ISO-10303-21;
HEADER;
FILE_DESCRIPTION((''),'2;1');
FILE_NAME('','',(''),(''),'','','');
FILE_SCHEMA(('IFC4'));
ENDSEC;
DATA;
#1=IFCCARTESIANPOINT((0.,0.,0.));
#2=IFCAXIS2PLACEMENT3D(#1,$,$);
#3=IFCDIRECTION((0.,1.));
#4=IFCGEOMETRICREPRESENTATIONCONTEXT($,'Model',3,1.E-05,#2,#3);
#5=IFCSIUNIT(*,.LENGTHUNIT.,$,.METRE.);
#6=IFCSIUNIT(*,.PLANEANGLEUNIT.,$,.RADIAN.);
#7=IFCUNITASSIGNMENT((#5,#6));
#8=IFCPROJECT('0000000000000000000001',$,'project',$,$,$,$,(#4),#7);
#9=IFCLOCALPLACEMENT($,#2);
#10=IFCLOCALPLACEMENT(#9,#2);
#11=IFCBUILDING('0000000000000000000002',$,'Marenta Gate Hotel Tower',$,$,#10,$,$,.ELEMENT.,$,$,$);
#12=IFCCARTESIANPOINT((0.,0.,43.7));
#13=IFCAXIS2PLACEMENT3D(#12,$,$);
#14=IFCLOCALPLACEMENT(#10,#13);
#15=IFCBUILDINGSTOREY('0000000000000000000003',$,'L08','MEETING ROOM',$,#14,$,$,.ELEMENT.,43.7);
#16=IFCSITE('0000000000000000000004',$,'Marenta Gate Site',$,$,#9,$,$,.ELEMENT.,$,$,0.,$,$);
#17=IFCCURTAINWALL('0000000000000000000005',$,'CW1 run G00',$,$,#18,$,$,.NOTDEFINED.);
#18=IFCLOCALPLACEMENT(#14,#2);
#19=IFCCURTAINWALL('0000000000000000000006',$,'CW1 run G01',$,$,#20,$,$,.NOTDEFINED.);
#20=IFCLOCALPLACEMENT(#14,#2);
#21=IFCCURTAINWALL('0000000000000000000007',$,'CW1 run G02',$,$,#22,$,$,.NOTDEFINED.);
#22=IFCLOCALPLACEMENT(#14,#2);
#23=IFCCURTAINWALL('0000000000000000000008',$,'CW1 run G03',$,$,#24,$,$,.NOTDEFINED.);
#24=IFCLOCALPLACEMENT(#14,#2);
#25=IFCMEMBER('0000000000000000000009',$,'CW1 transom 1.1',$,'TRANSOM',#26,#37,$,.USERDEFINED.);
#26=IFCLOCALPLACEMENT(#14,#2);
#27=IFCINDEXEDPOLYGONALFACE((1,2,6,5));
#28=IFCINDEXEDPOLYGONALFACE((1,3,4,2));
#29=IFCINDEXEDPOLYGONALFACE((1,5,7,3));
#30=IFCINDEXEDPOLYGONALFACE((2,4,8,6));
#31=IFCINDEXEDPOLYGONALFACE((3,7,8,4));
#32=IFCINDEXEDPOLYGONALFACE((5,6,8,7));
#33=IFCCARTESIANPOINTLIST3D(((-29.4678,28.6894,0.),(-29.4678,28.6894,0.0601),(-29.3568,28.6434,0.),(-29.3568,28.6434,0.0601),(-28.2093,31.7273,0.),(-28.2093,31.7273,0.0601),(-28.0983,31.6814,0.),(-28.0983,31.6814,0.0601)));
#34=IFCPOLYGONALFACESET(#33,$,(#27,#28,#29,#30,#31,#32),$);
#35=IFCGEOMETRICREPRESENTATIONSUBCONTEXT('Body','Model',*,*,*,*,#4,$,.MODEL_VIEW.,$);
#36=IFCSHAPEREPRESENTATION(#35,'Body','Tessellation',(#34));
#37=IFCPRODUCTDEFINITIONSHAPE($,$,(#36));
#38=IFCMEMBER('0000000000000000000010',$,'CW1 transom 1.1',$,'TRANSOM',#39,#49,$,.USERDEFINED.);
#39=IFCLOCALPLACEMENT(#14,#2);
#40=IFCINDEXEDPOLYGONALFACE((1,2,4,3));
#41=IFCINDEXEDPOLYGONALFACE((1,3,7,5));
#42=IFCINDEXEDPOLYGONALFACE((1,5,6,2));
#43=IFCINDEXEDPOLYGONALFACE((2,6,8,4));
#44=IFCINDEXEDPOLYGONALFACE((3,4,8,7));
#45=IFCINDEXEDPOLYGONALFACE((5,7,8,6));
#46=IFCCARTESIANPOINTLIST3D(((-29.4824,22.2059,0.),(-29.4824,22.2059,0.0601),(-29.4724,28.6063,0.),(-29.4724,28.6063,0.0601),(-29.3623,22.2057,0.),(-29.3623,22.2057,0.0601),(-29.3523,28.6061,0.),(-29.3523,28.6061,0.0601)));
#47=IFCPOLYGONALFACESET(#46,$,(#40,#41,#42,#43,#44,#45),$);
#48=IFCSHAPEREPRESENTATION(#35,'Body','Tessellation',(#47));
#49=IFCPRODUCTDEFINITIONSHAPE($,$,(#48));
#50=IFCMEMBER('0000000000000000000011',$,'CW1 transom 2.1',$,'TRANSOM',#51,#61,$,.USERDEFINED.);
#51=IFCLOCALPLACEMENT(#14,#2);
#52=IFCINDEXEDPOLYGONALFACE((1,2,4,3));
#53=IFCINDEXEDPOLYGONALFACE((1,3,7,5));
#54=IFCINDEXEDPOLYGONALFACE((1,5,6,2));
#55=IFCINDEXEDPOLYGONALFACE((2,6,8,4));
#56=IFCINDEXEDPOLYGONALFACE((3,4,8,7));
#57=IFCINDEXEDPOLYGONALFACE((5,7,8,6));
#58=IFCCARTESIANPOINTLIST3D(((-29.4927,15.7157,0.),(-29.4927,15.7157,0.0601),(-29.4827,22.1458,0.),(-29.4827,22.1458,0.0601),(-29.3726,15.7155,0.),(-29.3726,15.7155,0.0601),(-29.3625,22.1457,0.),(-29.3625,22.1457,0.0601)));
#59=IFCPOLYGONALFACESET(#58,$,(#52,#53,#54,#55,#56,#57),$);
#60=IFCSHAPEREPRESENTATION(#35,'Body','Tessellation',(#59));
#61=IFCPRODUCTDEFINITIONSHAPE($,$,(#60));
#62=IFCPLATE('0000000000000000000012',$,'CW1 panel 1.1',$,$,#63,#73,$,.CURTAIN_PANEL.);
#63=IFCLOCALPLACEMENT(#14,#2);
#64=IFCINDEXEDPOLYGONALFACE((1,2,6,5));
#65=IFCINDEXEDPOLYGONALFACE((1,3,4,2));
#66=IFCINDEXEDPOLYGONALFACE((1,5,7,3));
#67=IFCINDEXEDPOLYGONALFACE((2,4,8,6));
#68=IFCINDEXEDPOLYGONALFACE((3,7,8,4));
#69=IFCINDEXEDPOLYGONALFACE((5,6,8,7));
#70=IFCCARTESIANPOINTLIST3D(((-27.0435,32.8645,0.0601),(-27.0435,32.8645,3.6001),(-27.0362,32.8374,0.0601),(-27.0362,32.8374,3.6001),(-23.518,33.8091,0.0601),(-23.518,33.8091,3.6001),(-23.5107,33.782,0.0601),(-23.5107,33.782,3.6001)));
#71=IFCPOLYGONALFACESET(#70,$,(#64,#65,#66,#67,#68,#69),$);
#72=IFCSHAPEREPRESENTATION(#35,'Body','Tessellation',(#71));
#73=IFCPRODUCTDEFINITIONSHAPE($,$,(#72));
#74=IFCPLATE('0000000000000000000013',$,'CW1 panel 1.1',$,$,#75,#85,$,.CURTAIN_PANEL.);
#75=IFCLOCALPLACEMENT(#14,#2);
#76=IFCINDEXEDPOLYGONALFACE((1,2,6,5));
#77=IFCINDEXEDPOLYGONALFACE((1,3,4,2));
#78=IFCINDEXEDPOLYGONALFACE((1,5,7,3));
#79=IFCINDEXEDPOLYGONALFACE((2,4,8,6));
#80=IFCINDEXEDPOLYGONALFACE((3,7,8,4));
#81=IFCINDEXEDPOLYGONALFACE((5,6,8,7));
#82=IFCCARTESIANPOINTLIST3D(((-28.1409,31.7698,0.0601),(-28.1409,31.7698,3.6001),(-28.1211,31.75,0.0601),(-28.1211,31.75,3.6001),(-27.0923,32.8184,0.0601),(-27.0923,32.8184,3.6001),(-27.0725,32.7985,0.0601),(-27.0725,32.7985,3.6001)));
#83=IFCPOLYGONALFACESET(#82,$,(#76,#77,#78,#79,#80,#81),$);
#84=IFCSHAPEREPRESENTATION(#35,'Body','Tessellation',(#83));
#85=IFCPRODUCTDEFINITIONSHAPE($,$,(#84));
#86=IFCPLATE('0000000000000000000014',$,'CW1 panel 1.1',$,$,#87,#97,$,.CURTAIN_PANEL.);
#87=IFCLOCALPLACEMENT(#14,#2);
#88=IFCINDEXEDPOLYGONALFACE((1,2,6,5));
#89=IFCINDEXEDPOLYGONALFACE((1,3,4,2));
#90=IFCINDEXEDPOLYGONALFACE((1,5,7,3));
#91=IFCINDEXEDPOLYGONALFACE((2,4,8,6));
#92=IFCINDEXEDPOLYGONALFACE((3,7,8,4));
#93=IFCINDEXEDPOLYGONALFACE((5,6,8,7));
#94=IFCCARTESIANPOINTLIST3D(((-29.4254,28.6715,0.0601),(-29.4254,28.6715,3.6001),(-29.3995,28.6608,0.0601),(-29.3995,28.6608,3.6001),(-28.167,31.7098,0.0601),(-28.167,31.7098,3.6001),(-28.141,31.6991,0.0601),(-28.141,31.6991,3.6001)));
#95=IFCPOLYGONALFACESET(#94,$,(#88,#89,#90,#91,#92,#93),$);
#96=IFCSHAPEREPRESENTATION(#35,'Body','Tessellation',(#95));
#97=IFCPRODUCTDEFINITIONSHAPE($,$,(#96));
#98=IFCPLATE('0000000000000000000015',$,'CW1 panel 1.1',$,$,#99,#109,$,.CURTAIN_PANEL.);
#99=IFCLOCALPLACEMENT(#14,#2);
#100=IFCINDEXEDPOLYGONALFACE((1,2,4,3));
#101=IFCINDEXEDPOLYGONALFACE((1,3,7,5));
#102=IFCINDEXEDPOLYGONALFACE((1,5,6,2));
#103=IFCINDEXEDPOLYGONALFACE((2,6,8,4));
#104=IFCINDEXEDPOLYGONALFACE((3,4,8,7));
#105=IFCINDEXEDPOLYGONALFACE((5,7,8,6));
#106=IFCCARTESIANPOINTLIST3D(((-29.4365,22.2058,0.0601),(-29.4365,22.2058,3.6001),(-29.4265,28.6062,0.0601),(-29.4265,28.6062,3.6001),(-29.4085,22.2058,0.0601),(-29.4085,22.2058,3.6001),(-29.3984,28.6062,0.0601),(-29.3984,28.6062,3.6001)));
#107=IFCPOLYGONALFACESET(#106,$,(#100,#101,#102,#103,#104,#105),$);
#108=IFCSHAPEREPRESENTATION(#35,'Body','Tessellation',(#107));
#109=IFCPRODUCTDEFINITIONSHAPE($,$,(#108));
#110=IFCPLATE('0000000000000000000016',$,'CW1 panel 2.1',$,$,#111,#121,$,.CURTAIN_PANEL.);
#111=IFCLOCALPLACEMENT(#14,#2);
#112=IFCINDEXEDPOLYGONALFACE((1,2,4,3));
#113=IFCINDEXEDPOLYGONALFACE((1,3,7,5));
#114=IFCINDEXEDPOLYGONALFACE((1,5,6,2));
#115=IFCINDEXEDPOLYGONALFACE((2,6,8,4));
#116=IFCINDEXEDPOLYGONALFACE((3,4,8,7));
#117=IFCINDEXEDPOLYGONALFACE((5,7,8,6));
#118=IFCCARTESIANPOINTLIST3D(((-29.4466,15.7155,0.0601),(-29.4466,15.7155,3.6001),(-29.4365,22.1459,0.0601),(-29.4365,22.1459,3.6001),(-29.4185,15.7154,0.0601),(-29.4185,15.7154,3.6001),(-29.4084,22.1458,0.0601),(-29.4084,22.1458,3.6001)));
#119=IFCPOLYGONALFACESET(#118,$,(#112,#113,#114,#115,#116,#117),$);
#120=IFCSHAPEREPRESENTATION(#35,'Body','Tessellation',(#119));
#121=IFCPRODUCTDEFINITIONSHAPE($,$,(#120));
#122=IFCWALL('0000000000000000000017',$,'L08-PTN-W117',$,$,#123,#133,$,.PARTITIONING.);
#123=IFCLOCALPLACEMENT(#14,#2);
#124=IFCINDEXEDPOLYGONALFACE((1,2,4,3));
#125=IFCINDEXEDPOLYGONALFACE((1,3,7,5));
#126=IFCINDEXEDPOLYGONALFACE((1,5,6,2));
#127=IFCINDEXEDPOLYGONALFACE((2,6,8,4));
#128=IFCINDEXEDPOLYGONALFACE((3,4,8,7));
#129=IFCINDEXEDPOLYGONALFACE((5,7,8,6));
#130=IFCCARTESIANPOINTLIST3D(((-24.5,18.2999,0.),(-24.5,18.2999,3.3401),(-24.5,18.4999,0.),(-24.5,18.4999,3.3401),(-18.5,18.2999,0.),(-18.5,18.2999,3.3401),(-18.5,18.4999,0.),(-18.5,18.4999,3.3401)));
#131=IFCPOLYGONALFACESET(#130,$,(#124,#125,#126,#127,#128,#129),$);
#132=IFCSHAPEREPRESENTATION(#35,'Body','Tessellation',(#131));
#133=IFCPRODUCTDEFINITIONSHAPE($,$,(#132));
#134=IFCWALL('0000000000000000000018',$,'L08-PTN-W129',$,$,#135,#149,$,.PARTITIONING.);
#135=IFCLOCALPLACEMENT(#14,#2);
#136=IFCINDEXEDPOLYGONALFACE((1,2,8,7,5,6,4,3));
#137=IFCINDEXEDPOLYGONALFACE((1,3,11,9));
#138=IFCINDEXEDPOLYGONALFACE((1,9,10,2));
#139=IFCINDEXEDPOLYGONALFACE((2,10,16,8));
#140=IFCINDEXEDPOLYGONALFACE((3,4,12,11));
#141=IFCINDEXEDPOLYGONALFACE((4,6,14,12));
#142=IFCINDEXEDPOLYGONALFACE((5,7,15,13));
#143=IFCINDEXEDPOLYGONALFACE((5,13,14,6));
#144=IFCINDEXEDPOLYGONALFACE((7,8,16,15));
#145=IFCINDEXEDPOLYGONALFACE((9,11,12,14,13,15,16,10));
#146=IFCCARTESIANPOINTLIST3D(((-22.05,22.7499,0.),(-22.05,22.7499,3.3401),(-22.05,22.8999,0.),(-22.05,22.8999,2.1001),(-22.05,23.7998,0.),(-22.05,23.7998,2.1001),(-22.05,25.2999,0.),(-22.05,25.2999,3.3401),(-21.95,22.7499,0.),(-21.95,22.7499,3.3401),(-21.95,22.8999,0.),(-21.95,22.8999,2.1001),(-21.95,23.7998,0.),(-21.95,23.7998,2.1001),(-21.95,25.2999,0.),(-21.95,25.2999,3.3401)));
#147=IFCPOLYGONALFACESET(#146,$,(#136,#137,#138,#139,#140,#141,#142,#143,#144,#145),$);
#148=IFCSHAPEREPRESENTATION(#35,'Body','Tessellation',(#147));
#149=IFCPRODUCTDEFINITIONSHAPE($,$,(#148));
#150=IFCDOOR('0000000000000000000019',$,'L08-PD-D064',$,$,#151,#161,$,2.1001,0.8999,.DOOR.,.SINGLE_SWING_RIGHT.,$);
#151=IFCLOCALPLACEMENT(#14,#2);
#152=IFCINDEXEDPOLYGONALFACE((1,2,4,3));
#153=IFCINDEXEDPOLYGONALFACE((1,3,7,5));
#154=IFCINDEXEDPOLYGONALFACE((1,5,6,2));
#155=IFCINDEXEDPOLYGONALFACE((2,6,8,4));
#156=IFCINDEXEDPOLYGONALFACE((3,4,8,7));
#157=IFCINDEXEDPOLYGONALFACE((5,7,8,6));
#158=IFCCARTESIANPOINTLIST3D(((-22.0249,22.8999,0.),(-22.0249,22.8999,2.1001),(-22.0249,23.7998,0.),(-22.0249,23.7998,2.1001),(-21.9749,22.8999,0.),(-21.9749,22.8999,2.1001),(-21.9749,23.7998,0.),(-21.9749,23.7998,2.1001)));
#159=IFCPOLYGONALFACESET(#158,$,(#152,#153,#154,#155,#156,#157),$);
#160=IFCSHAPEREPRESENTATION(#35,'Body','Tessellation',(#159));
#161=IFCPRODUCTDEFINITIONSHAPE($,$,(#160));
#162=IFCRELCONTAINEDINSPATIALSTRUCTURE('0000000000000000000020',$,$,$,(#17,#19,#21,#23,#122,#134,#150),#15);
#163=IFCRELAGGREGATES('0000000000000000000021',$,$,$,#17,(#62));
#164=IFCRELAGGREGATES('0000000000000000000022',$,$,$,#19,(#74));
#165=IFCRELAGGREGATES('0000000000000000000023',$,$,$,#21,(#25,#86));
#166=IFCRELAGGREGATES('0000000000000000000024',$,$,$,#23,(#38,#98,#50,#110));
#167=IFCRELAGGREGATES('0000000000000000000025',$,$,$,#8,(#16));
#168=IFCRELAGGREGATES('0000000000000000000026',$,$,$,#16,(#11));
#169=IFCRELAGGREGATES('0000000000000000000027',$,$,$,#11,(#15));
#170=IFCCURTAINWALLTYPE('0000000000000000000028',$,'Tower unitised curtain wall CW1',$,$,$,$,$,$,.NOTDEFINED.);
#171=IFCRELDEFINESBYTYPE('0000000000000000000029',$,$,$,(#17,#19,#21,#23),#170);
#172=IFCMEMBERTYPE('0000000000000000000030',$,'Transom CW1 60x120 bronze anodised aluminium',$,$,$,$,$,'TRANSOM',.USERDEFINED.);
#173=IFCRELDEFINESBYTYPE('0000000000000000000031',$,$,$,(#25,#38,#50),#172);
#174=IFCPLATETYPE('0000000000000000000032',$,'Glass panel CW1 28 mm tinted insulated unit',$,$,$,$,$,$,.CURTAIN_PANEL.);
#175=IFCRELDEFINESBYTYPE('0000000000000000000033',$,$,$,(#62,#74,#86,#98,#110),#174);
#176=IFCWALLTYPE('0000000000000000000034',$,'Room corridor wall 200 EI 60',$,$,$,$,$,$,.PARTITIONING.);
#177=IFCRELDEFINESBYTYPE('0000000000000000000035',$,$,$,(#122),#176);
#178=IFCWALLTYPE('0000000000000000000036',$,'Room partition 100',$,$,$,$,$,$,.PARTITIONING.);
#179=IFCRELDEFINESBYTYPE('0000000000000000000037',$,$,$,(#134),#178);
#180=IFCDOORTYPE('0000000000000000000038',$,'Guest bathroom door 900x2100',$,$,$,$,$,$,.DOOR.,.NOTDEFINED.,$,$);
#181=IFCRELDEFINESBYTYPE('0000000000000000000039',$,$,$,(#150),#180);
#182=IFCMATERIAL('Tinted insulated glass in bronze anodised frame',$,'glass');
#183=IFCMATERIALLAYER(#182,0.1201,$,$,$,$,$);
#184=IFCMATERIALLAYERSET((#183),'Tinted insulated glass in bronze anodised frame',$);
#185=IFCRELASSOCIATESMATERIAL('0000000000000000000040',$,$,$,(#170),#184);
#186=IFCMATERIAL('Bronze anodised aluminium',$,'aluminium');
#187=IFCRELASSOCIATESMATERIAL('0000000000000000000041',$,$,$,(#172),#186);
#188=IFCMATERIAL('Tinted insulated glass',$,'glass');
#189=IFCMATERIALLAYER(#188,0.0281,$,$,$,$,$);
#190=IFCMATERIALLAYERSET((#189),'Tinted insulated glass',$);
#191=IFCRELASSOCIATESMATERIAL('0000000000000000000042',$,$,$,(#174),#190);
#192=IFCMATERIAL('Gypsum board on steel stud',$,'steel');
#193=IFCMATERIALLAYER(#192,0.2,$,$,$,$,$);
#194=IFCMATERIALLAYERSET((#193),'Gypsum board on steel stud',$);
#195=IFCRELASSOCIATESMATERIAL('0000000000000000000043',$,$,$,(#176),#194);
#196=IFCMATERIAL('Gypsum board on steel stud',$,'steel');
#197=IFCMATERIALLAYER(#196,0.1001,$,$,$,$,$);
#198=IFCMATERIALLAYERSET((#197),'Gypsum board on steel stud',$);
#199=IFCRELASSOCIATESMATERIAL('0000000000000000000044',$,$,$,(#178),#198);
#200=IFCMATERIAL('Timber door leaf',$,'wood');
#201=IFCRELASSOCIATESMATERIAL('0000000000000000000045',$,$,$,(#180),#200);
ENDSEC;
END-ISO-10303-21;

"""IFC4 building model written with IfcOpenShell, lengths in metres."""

from ifc_helpers import new_model, si_unit, direction, frame, frame_2d, origin, origin_2d, place, context, subcontext, project, spatial, rectangle, extrude, material, layer, layer_set, material_profile, profile_set, type_object, element, fill, aggregate, save


model = new_model("IFC4")

# Units and contexts
model_context = context("Model", 3, precision=1e-05, world=origin(), true_north=direction((0.0, 1.0)))
body_context = subcontext(model_context, "Body", "Model", "MODEL_VIEW")
ifc_project = project(units=[si_unit("LENGTHUNIT", "METRE"), si_unit("PLANEANGLEUNIT", "RADIAN")], contexts=[model_context])

# Site, building, storey
site_placement = place(None, origin())
site = spatial("IfcSite", under=ifc_project, at=site_placement, Name="Marenta Gate Site", CompositionType="ELEMENT", RefElevation=0.0)
building_placement = place(site_placement, origin())
building = spatial("IfcBuilding", under=site, at=building_placement, Name="Marenta Gate Hotel Tower", CompositionType="ELEMENT")
storey_placement = place(building_placement, frame((0.0, 0.0, 43.7)))
storey = spatial("IfcBuildingStorey", under=building, at=storey_placement, Name="L08", Description="MEETING ROOM", CompositionType="ELEMENT", Elevation=43.7)

# Curtain walls
ifc_material_1 = material(Name="Tinted insulated glass in bronze anodised frame", Category="glass")
ifc_layer_1 = layer(ifc_material_1, 0.1201)
ifc_layer_set_1 = layer_set([ifc_layer_1], Name="Tinted insulated glass in bronze anodised frame")
curtain_wall_type = type_object("IfcCurtainWallType", Name="Tower unitised curtain wall CW1", PredefinedType="NOTDEFINED", material=ifc_layer_set_1)
curtain_wall_1_placement = place(storey_placement, origin())
curtain_wall_1 = element("IfcCurtainWall", 1, at=curtain_wall_1_placement, inside=storey, type_object=curtain_wall_type, Name="CW1 run G00", PredefinedType="NOTDEFINED")
curtain_wall_2_placement = place(storey_placement, origin())
curtain_wall_2 = element("IfcCurtainWall", 2, at=curtain_wall_2_placement, inside=storey, type_object=curtain_wall_type, Name="CW1 run G01", PredefinedType="NOTDEFINED")
curtain_wall_3_placement = place(storey_placement, origin())
curtain_wall_3 = element("IfcCurtainWall", 3, at=curtain_wall_3_placement, inside=storey, type_object=curtain_wall_type, Name="CW1 run G02", PredefinedType="NOTDEFINED")

# Curtain wall
curtain_wall_4_placement = place(storey_placement, origin())
curtain_wall_4 = element("IfcCurtainWall", 4, at=curtain_wall_4_placement, inside=storey, type_object=curtain_wall_type, Name="CW1 run G03", PredefinedType="NOTDEFINED")

# Members
ifc_material_2 = material(Name="Bronze anodised aluminium", Category="aluminium")
ifc_material_profile_1 = material_profile(ifc_material_2, rectangle(XDim=0.1201, YDim=0.0601, at=origin_2d()), Name="Transom CW1 60x120 bronze anodised aluminium")
ifc_profile_set_1 = profile_set([ifc_material_profile_1], Name="Bronze anodised aluminium")
member_type_1 = type_object("IfcMemberType", Name="Transom CW1 60x120 bronze anodised aluminium", ElementType="TRANSOM", PredefinedType="USERDEFINED", material=ifc_profile_set_1)
member_1_placement = place(storey_placement, frame((-28.1538, 31.7043, 0.03), z_axis=(-0.382717, -0.923866, 0.0), x_axis=(0.923866, -0.382717, 0.0)))
member_1 = element("IfcMember", 5, at=member_1_placement, type_object=member_type_1, Name="CW1 transom 1.1", ObjectType="TRANSOM", PredefinedType="USERDEFINED", context=body_context, shape_type="SweptSolid", body=[
    extrude(rectangle(XDim=0.1201, YDim=0.0601, at=origin_2d()), origin(), (0.0, 0.0, 1.0), 3.2883),
])
member_2_placement = place(storey_placement, frame((-29.4124, 28.6062, 0.03), z_axis=(-0.001564, -0.999999, 0.0), x_axis=(0.999999, -0.001564, 0.0)))
member_2 = element("IfcMember", 6, at=member_2_placement, type_object=member_type_1, Name="CW1 transom 1.1", ObjectType="TRANSOM", PredefinedType="USERDEFINED", context=body_context, shape_type="SweptSolid", body=[
    extrude(rectangle(XDim=0.1201, YDim=0.0601, at=origin_2d()), origin(), (0.0, 0.0, 1.0), 6.4004),
])
member_3_placement = place(storey_placement, frame((-29.4226, 22.1458, 0.03), z_axis=(-0.001557, -0.999999, 0.0), x_axis=(0.999999, -0.001557, 0.0)))
member_3 = element("IfcMember", 7, at=member_3_placement, type_object=member_type_1, Name="CW1 transom 2.1", ObjectType="TRANSOM", PredefinedType="USERDEFINED", context=body_context, shape_type="SweptSolid", body=[
    extrude(rectangle(XDim=0.1201, YDim=0.0601, at=origin_2d()), origin(), (0.0, 0.0, 1.0), 6.4302),
])

# Plates
ifc_material_3 = material(Name="Tinted insulated glass", Category="glass")
ifc_layer_2 = layer(ifc_material_3, 0.0281)
ifc_layer_set_2 = layer_set([ifc_layer_2], Name="Tinted insulated glass")
plate_type = type_object("IfcPlateType", Name="Glass panel CW1 28 mm tinted insulated unit", PredefinedType="CURTAIN_PANEL", material=ifc_layer_set_2)
plate_1_placement = place(storey_placement, frame((-25.2771, 33.3232, 0.0601), z_axis=(0.0, 0.0, 1.0), x_axis=(-0.96593, -0.258802, 0.0)))
plate_1 = element("IfcPlate", 8, at=plate_1_placement, type_object=plate_type, Name="CW1 panel 1.1", PredefinedType="CURTAIN_PANEL", context=body_context, shape_type="SweptSolid", body=[
    extrude(rectangle(XDim=3.6499, YDim=0.0281, at=origin_2d()), origin(), (0.0, 0.0, 1.0), 3.54),
])
aggregate(curtain_wall_1, [plate_1])
plate_2_placement = place(storey_placement, frame((-27.6067, 32.2842, 0.0601), z_axis=(0.0, 0.0, 1.0), x_axis=(-0.707107, -0.707107, 0.0)))
plate_2 = element("IfcPlate", 9, at=plate_2_placement, type_object=plate_type, Name="CW1 panel 1.1", PredefinedType="CURTAIN_PANEL", context=body_context, shape_type="SweptSolid", body=[
    extrude(rectangle(XDim=1.4829, YDim=0.0281, at=origin_2d()), origin(), (0.0, 0.0, 1.0), 3.54),
])
aggregate(curtain_wall_2, [plate_2])
plate_3_placement = place(storey_placement, frame((-28.7832, 30.1853, 0.0601), z_axis=(0.0, 0.0, 1.0), x_axis=(-0.38267, -0.923885, 0.0)))
plate_3 = element("IfcPlate", 10, at=plate_3_placement, type_object=plate_type, Name="CW1 panel 1.1", PredefinedType="CURTAIN_PANEL", context=body_context, shape_type="SweptSolid", body=[
    extrude(rectangle(XDim=3.2886, YDim=0.0281, at=origin_2d()), origin(), (0.0, 0.0, 1.0), 3.54),
])
aggregate(curtain_wall_3, [member_1, plate_3])
plate_4_placement = place(storey_placement, frame((-29.4175, 25.406, 0.0601), z_axis=(0.0, 0.0, 1.0), x_axis=(-0.001566, -0.999999, 0.0)))
plate_4 = element("IfcPlate", 11, at=plate_4_placement, type_object=plate_type, Name="CW1 panel 1.1", PredefinedType="CURTAIN_PANEL", context=body_context, shape_type="SweptSolid", body=[
    extrude(rectangle(XDim=6.4004, YDim=0.0281, at=origin_2d()), origin(), (0.0, 0.0, 1.0), 3.54),
])
plate_5_placement = place(storey_placement, frame((-29.4275, 18.9307, 0.0601), z_axis=(0.0, 0.0, 1.0), x_axis=(-0.001566, -0.999999, 0.0)))
plate_5 = element("IfcPlate", 12, at=plate_5_placement, type_object=plate_type, Name="CW1 panel 2.1", PredefinedType="CURTAIN_PANEL", context=body_context, shape_type="SweptSolid", body=[
    extrude(rectangle(XDim=6.4304, YDim=0.0281, at=origin_2d()), origin(), (0.0, 0.0, 1.0), 3.54),
])
aggregate(curtain_wall_4, [member_2, plate_4, member_3, plate_5])

# Wall
ifc_material_4 = material(Name="Gypsum board on steel stud", Category="steel")
ifc_layer_3 = layer(ifc_material_4, 0.2)
ifc_layer_set_3 = layer_set([ifc_layer_3], Name="Gypsum board on steel stud")
wall_type_1 = type_object("IfcWallType", Name="Room corridor wall 200 EI 60", PredefinedType="PARTITIONING", material=ifc_layer_set_3)
wall_1_placement = place(storey_placement, frame((-24.5, 18.3999, 0.0), z_axis=(0.0, 0.0, 1.0), x_axis=(1.0, 0.0, 0.0)))
element("IfcWall", 13, at=wall_1_placement, inside=storey, type_object=wall_type_1, Name="L08-PTN-W117", PredefinedType="PARTITIONING", context=body_context, shape_type="SweptSolid", body=[
    extrude(rectangle(XDim=6.0, YDim=0.2, at=frame_2d((3.0, 0.0))), origin(), (0.0, 0.0, 1.0), 3.3401),
])

# Wall, opening, door
ifc_material_5 = material(Name="Gypsum board on steel stud", Category="steel")
ifc_layer_4 = layer(ifc_material_5, 0.1001)
ifc_layer_set_4 = layer_set([ifc_layer_4], Name="Gypsum board on steel stud")
wall_type_2 = type_object("IfcWallType", Name="Room partition 100", PredefinedType="PARTITIONING", material=ifc_layer_set_4)
wall_2_placement = place(storey_placement, frame((-22.0, 22.75, 0.0), z_axis=(0.0, 0.0, 1.0), x_axis=(0.0, 1.0, 0.0)))
wall_2 = element("IfcWall", 14, at=wall_2_placement, inside=storey, type_object=wall_type_2, Name="L08-PTN-W129", PredefinedType="PARTITIONING", context=body_context, shape_type="SweptSolid", body=[
    extrude(rectangle(XDim=2.55, YDim=0.1001, at=frame_2d((1.2749, 0.0))), origin(), (0.0, 0.0, 1.0), 3.3401),
])
opening_1_placement = place(wall_2_placement, frame((0.1499, 0.0, 0.0)))
opening_1 = element("IfcOpeningElement", 15, at=opening_1_placement, cuts=wall_2, PredefinedType="OPENING", context=body_context, shape_type="SweptSolid", body=[
    extrude(rectangle(XDim=0.8999, YDim=2.1001, at=frame_2d((0.45, 1.05))), frame((0.0, 0.05, 0.0), z_axis=(0.0, -1.0, 0.0), x_axis=(1.0, 0.0, 0.0)), (0.0, 0.0, 1.0), 0.1001),
])
ifc_material_6 = material(Name="Timber door leaf", Category="wood")
door_type_1 = type_object("IfcDoorType", Name="Guest bathroom door 900x2100", OperationType="NOTDEFINED", PredefinedType="DOOR", material=ifc_material_6)
door_1_placement = place(opening_1_placement, origin())
door_1 = element("IfcDoor", 16, at=door_1_placement, inside=storey, type_object=door_type_1, Name="L08-PD-D064", OperationType="SINGLE_SWING_RIGHT", OverallHeight=2.1001, OverallWidth=0.8999, PredefinedType="DOOR", context=body_context, shape_type="SweptSolid", body=[
    extrude(rectangle(XDim=0.8999, YDim=2.1001, at=frame_2d((0.45, 1.05))), frame((0.0, 0.0249, 0.0), z_axis=(0.0, -1.0, 0.0), x_axis=(1.0, 0.0, 0.0)), (0.0, 0.0, 1.0), 0.05),
])
fill(opening_1, door_1)

save(model, "model.ifc")
